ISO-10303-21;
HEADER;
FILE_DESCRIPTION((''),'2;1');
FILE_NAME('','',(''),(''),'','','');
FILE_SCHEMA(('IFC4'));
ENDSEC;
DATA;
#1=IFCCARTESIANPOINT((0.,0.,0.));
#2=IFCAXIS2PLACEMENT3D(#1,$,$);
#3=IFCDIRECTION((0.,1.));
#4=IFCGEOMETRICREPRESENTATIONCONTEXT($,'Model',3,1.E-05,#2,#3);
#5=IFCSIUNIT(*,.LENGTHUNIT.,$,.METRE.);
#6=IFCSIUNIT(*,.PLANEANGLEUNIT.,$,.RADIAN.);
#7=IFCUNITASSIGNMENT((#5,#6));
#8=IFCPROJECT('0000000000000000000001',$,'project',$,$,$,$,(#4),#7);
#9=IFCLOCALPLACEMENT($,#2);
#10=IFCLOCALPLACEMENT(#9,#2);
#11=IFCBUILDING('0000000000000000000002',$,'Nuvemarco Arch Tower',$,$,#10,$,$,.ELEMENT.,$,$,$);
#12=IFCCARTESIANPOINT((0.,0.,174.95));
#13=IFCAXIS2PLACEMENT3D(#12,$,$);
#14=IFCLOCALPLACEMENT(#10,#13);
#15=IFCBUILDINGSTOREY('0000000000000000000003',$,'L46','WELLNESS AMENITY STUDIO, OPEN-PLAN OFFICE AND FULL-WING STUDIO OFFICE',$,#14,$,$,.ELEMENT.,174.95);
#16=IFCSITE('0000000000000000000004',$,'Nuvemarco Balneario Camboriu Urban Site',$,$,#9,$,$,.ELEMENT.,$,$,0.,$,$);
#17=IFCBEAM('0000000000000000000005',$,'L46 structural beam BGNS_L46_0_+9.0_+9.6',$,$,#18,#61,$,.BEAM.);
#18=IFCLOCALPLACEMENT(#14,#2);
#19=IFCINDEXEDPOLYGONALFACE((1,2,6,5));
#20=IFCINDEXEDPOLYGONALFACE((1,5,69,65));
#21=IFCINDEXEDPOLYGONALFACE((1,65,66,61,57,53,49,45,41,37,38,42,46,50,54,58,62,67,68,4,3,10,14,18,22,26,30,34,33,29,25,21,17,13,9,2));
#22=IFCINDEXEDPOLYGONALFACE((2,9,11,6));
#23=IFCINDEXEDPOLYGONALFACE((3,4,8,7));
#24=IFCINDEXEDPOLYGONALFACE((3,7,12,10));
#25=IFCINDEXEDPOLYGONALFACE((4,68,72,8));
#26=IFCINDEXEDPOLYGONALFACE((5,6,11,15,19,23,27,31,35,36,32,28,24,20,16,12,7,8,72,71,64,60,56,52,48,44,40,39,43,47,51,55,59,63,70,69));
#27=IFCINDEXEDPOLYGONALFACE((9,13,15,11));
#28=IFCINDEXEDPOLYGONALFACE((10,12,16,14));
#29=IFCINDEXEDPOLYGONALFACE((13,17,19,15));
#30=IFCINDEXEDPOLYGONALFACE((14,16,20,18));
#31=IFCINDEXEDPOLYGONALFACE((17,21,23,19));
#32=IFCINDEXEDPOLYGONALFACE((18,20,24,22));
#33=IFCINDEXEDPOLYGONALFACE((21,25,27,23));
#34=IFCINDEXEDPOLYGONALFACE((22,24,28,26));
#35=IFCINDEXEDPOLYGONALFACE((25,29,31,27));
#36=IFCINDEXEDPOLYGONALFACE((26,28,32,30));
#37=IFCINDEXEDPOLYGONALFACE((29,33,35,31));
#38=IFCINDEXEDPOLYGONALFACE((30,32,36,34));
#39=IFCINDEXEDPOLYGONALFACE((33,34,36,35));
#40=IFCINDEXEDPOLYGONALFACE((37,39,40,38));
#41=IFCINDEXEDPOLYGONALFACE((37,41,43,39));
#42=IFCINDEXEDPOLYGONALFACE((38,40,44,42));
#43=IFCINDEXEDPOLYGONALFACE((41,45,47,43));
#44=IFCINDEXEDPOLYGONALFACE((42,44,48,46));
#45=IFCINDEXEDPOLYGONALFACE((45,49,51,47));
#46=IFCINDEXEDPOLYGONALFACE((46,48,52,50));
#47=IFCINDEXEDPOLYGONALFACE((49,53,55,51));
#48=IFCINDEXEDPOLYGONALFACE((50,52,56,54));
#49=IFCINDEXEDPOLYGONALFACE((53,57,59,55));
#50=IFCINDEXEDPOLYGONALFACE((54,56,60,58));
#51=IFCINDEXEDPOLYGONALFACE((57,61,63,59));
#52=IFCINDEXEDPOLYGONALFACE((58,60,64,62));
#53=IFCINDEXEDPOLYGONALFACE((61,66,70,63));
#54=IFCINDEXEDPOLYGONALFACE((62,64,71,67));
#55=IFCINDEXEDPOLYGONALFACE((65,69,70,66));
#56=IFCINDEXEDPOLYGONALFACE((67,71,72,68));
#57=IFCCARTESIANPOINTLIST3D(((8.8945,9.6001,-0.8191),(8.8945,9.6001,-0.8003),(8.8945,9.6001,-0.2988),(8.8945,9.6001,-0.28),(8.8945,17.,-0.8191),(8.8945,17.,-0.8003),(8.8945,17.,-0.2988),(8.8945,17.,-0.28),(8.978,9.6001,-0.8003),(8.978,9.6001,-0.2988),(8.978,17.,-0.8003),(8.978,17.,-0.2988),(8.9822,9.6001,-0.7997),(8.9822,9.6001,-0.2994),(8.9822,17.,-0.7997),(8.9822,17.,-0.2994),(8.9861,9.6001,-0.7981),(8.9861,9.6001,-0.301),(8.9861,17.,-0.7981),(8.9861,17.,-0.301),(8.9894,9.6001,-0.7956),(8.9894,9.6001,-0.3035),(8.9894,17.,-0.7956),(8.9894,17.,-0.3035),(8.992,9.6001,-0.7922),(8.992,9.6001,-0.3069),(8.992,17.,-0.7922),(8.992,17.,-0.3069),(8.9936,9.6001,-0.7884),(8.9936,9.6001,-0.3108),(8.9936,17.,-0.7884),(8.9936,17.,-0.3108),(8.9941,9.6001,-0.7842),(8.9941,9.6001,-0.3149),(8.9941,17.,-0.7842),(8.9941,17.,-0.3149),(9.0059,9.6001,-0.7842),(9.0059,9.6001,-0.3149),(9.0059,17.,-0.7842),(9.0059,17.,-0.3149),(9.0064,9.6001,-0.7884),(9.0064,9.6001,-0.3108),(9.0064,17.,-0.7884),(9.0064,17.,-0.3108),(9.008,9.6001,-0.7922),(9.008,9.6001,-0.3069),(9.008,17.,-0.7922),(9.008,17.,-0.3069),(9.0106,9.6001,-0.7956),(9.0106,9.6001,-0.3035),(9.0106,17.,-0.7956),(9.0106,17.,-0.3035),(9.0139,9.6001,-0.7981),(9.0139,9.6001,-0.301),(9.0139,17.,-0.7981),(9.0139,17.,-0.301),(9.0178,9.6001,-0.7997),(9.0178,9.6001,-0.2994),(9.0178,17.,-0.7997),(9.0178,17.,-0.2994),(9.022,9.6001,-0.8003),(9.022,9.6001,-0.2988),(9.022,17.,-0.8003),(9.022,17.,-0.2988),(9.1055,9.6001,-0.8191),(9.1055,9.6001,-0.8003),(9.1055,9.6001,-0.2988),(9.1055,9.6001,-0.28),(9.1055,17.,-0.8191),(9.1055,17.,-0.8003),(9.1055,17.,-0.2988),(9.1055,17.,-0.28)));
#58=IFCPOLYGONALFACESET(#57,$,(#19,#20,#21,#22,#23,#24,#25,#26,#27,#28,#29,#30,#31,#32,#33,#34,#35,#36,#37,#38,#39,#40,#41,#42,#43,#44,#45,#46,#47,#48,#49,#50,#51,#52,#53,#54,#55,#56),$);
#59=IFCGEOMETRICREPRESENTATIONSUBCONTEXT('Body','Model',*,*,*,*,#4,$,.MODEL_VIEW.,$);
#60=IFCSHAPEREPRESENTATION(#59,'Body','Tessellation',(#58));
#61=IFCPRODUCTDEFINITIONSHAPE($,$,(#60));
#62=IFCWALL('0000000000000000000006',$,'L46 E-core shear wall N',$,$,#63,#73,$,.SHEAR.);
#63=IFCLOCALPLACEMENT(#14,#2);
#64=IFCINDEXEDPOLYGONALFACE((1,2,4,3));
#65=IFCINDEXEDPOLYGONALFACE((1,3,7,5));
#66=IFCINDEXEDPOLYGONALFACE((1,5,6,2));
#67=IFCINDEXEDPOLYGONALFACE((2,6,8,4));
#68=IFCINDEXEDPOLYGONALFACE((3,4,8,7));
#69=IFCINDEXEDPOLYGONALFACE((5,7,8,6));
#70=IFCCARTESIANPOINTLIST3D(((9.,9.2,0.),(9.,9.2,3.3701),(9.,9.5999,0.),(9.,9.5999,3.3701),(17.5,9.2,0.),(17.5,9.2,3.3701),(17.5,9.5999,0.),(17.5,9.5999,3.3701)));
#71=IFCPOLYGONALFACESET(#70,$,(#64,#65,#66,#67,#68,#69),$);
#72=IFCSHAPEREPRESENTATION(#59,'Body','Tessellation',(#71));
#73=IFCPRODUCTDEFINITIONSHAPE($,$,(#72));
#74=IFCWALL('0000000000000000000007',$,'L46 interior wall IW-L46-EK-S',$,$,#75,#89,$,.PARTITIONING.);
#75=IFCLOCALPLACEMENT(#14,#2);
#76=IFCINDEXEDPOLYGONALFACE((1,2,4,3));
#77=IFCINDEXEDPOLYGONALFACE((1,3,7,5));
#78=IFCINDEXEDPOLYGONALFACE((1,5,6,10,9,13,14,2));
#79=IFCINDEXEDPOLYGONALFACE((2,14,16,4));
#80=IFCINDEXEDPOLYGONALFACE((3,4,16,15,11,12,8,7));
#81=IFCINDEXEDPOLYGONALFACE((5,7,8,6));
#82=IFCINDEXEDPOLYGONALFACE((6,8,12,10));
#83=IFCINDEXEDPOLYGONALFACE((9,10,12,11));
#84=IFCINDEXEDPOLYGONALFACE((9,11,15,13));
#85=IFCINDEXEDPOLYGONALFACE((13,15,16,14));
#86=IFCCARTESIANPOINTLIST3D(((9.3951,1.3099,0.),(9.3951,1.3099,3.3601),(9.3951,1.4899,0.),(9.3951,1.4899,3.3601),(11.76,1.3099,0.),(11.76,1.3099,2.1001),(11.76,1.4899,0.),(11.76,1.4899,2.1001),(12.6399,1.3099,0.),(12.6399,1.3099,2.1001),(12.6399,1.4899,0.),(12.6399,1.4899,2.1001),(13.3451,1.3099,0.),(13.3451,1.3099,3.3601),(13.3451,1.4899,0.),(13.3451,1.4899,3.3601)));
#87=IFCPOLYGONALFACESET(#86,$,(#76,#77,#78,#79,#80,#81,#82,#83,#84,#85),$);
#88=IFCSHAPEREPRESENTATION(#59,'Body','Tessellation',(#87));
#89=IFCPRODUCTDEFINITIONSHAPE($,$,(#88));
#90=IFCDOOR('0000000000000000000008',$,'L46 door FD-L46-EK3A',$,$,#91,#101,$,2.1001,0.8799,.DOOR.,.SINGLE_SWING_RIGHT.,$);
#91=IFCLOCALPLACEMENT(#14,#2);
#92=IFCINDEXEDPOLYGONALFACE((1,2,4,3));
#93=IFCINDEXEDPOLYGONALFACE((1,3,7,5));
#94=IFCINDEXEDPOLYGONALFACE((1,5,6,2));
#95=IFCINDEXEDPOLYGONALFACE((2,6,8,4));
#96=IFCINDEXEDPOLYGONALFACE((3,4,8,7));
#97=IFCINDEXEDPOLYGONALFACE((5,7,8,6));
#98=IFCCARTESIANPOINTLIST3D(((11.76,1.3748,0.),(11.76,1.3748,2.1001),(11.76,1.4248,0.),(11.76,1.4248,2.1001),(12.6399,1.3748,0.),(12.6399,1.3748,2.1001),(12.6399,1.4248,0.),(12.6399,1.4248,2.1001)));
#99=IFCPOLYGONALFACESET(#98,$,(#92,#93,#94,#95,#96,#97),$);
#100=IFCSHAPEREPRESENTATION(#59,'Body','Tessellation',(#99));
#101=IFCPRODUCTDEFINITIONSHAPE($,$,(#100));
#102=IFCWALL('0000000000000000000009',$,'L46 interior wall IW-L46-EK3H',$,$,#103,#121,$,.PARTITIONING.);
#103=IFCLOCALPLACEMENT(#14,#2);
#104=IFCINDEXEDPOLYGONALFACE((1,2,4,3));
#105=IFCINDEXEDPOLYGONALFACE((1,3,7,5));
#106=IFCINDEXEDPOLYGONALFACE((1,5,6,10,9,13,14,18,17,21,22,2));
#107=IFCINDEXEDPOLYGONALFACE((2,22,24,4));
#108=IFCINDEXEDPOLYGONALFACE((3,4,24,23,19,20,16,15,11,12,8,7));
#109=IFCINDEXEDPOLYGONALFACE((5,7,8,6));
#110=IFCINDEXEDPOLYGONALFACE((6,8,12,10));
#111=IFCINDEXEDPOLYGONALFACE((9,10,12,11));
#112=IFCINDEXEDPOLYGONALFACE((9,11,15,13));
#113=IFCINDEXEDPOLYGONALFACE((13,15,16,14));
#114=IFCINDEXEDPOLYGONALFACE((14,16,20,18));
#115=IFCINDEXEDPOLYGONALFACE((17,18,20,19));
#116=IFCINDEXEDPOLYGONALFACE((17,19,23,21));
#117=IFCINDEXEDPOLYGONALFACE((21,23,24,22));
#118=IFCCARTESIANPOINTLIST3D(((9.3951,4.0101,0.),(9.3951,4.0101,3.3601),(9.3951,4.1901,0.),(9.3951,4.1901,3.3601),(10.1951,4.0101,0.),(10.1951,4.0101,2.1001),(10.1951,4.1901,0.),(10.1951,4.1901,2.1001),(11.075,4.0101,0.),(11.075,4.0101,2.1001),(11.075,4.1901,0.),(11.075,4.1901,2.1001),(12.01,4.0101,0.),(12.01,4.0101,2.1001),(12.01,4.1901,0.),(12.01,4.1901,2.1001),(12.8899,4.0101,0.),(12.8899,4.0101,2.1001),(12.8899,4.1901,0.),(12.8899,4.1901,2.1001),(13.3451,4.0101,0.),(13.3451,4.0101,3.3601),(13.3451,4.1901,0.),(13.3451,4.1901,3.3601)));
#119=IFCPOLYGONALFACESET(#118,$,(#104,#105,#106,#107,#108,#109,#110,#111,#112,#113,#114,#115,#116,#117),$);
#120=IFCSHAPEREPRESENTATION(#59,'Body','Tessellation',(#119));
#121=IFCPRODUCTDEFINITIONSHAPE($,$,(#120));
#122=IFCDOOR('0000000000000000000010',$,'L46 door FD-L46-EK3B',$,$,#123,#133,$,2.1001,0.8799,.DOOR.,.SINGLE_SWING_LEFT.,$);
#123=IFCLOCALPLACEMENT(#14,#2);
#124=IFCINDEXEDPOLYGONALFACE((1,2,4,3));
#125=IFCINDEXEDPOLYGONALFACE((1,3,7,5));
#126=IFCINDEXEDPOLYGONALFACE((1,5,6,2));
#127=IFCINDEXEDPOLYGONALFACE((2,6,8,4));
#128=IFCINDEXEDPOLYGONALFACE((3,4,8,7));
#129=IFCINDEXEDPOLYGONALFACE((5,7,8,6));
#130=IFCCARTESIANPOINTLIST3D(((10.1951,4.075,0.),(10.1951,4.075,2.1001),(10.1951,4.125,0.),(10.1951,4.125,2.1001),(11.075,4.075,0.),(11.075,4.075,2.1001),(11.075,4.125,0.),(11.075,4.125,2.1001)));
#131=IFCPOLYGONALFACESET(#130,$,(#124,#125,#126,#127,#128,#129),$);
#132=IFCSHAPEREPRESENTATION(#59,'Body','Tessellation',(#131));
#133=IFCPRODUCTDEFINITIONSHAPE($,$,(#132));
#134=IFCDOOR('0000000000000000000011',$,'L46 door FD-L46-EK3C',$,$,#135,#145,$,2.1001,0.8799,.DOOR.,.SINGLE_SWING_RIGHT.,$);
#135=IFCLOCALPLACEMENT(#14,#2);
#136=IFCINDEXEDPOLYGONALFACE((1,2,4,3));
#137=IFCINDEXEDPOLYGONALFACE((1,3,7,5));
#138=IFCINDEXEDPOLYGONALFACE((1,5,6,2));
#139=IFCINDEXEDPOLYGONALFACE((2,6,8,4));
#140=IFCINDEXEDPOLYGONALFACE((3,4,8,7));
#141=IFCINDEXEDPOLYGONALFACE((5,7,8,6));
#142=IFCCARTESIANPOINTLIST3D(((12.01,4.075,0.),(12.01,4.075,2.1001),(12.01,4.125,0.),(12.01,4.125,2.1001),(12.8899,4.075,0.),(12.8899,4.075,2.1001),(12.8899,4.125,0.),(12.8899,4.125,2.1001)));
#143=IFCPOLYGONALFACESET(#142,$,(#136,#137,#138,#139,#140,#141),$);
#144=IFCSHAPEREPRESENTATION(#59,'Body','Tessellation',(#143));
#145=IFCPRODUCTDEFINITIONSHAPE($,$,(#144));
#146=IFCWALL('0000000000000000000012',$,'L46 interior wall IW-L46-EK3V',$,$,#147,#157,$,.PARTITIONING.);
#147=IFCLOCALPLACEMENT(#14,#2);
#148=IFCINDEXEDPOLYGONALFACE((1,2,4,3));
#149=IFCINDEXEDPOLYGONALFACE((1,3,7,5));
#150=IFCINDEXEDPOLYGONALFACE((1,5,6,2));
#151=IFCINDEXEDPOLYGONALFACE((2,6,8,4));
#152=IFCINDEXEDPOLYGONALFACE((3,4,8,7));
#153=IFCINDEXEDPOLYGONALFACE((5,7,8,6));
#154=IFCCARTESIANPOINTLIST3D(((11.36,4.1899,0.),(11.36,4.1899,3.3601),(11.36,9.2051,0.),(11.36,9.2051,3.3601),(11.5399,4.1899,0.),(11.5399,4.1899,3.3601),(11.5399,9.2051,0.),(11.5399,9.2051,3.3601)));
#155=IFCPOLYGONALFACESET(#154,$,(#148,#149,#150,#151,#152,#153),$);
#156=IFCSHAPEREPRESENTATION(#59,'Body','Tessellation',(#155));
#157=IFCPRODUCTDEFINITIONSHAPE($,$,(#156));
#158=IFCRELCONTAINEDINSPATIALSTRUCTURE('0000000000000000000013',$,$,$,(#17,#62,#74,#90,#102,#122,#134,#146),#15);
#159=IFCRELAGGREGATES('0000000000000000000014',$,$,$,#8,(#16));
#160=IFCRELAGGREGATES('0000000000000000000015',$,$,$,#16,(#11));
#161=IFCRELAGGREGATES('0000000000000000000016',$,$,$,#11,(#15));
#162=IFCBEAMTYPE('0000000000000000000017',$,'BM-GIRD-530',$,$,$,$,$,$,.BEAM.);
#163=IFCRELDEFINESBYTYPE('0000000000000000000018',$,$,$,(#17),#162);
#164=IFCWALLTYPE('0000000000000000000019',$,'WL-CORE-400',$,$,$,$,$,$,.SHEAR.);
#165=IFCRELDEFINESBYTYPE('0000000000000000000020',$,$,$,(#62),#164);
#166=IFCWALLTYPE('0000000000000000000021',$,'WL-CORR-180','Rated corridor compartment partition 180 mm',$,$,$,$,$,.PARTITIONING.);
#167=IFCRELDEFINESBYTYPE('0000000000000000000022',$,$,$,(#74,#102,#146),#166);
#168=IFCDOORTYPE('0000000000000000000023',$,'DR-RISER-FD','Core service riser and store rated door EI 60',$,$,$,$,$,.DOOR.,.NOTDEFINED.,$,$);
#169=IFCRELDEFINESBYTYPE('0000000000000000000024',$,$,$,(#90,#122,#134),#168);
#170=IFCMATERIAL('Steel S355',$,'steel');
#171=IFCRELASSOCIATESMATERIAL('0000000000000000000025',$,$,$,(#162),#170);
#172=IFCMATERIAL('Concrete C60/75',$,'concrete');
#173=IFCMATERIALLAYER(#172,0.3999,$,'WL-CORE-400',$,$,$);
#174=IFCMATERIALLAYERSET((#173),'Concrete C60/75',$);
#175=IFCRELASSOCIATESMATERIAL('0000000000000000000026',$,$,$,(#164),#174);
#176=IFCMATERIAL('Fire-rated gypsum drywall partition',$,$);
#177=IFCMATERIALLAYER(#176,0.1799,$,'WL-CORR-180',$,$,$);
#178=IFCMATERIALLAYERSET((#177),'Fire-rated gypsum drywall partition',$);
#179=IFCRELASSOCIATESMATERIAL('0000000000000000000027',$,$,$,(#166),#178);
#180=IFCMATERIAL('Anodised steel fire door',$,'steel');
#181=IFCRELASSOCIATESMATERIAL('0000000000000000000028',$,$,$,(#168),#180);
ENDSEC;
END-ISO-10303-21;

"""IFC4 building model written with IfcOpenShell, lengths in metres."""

from ifc_helpers import new_model, si_unit, direction, frame, frame_2d, origin, origin_2d, place, context, subcontext, project, spatial, rectangle, i_section, extrude, source, transform, mapped, material, layer, layer_set, material_profile, profile_set, type_object, type_shapes, element, fill, save


model = new_model("IFC4")

# Units and contexts
model_context = context("Model", 3, precision=1e-05, world=origin(), true_north=direction((0.0, 1.0)))
body_context = subcontext(model_context, "Body", "Model", "MODEL_VIEW")
ifc_project = project(units=[si_unit("LENGTHUNIT", "METRE"), si_unit("PLANEANGLEUNIT", "RADIAN")], contexts=[model_context])

# Site, building, storey
site_placement = place(None, origin())
site = spatial("IfcSite", under=ifc_project, at=site_placement, Name="Nuvemarco Balneario Camboriu Urban Site", CompositionType="ELEMENT", RefElevation=0.0)
building_placement = place(site_placement, origin())
building = spatial("IfcBuilding", under=site, at=building_placement, Name="Nuvemarco Arch Tower", CompositionType="ELEMENT")
storey_placement = place(building_placement, frame((0.0, 0.0, 174.95)))
storey = spatial("IfcBuildingStorey", under=building, at=storey_placement, Name="L46", Description="WELLNESS AMENITY STUDIO, OPEN-PLAN OFFICE AND FULL-WING STUDIO OFFICE", CompositionType="ELEMENT", Elevation=174.95)

# Shared definitions
ifc_material_1 = material(Name="Steel S355", Category="steel")

# Beam
ifc_material_2 = material(Name="Concrete C60/75", Category="concrete")
ifc_material_profile_1 = material_profile(ifc_material_1, i_section(OverallWidth=0.2109, OverallDepth=0.5391, WebThickness=0.0117, FlangeThickness=0.0188, FilletRadius=0.0161, at=origin_2d()), Name="W530x109")
ifc_profile_set_1 = profile_set([ifc_material_profile_1], Name="Steel S355")
beam_type_1 = type_object("IfcBeamType", Name="BM-GIRD-530", PredefinedType="BEAM", material=ifc_profile_set_1)
beam_1_placement = place(storey_placement, frame((9.0, 9.6001, -0.5496), z_axis=(0.0, 1.0, 0.0), x_axis=(-1.0, 0.0, 0.0)))
element("IfcBeam", 1, at=beam_1_placement, inside=storey, type_object=beam_type_1, Name="L46 structural beam BGNS_L46_0_+9.0_+9.6", PredefinedType="BEAM", context=body_context, shape_type="SweptSolid", body=[
    extrude(i_section(OverallWidth=0.2109, OverallDepth=0.5391, WebThickness=0.0117, FlangeThickness=0.0188, FilletRadius=0.0161, at=origin_2d()), origin(), (0.0, 0.0, 1.0), 7.3999),
])

# Wall
ifc_layer_1 = layer(ifc_material_2, 0.3999, Name="WL-CORE-400")
ifc_layer_set_1 = layer_set([ifc_layer_1], Name="Concrete C60/75")
wall_type_1 = type_object("IfcWallType", Name="WL-CORE-400", PredefinedType="SHEAR", material=ifc_layer_set_1)
wall_1_placement = place(storey_placement, frame((9.0, 9.3999, 0.0), z_axis=(0.0, 0.0, 1.0), x_axis=(1.0, 0.0, 0.0)))
element("IfcWall", 2, at=wall_1_placement, inside=storey, type_object=wall_type_1, Name="L46 E-core shear wall N", PredefinedType="SHEAR", context=body_context, shape_type="SweptSolid", body=[
    extrude(rectangle(XDim=8.5, YDim=0.3999, at=frame_2d((4.25, 0.0))), origin(), (0.0, 0.0, 1.0), 3.3701),
])

# Wall, opening, door
ifc_material_3 = material(Name="Fire-rated gypsum drywall partition")
ifc_layer_2 = layer(ifc_material_3, 0.1799, Name="WL-CORR-180")
ifc_layer_set_2 = layer_set([ifc_layer_2], Name="Fire-rated gypsum drywall partition")
wall_type_2 = type_object("IfcWallType", Name="WL-CORR-180", Description="Rated corridor compartment partition 180 mm", PredefinedType="PARTITIONING", material=ifc_layer_set_2)
wall_2_placement = place(storey_placement, frame((9.395, 1.3999, 0.0), z_axis=(0.0, 0.0, 1.0), x_axis=(1.0, 0.0, 0.0)))
wall_2 = element("IfcWall", 3, at=wall_2_placement, inside=storey, type_object=wall_type_2, Name="L46 interior wall IW-L46-EK-S", PredefinedType="PARTITIONING", context=body_context, shape_type="SweptSolid", body=[
    extrude(rectangle(XDim=3.95, YDim=0.1799, at=frame_2d((1.9751, 0.0))), origin(), (0.0, 0.0, 1.0), 3.3601),
])
opening_1_placement = place(wall_2_placement, frame((2.365, 0.0, 0.0)))
opening_1 = element("IfcOpeningElement", 4, at=opening_1_placement, cuts=wall_2, PredefinedType="OPENING", context=body_context, shape_type="SweptSolid", body=[
    extrude(rectangle(XDim=0.8799, YDim=2.1001, at=frame_2d((0.4399, 1.05))), frame((0.0, 0.0999, 0.0), z_axis=(0.0, -1.0, 0.0), x_axis=(1.0, 0.0, 0.0)), (0.0, 0.0, 1.0), 0.2),
])
ifc_material_4 = material(Name="Anodised steel fire door", Category="steel")
door_type_1 = type_object("IfcDoorType", Name="DR-RISER-FD", Description="Core service riser and store rated door EI 60", OperationType="NOTDEFINED", PredefinedType="DOOR", material=ifc_material_4)
shared_shape_1 = source(origin(), body_context, "Body", "SweptSolid", [
    extrude(rectangle(XDim=0.8799, YDim=2.1001, at=frame_2d((0.4399, 1.05))), frame((0.0, 0.0249, 0.0), z_axis=(0.0, -1.0, 0.0), x_axis=(1.0, 0.0, 0.0)), (0.0, 0.0, 1.0), 0.05),
])
type_shapes(door_type_1, [shared_shape_1])
door_1_placement = place(opening_1_placement, origin())
door_1 = element("IfcDoor", 5, at=door_1_placement, inside=storey, type_object=door_type_1, Name="L46 door FD-L46-EK3A", OperationType="SINGLE_SWING_RIGHT", OverallHeight=2.1001, OverallWidth=0.8799, PredefinedType="DOOR", context=body_context, shape_type="MappedRepresentation", body=[
    mapped(shared_shape_1, transform((0.0, 0.0, 0.0), scale=1.0)),
])
fill(opening_1, door_1)

# Wall, openings, doors
wall_3_placement = place(storey_placement, frame((9.395, 4.1001, 0.0), z_axis=(0.0, 0.0, 1.0), x_axis=(1.0, 0.0, 0.0)))
wall_3 = element("IfcWall", 6, at=wall_3_placement, inside=storey, type_object=wall_type_2, Name="L46 interior wall IW-L46-EK3H", PredefinedType="PARTITIONING", context=body_context, shape_type="SweptSolid", body=[
    extrude(rectangle(XDim=3.95, YDim=0.1799, at=frame_2d((1.9751, 0.0))), origin(), (0.0, 0.0, 1.0), 3.3601),
])
opening_2_placement = place(wall_3_placement, frame((0.8, 0.0, 0.0)))
opening_2 = element("IfcOpeningElement", 7, at=opening_2_placement, cuts=wall_3, PredefinedType="OPENING", context=body_context, shape_type="SweptSolid", body=[
    extrude(rectangle(XDim=0.8799, YDim=2.1001, at=frame_2d((0.4399, 1.05))), frame((0.0, 0.0999, 0.0), z_axis=(0.0, -1.0, 0.0), x_axis=(1.0, 0.0, 0.0)), (0.0, 0.0, 1.0), 0.2),
])
opening_3_placement = place(wall_3_placement, frame((2.615, 0.0, 0.0)))
opening_3 = element("IfcOpeningElement", 8, at=opening_3_placement, cuts=wall_3, PredefinedType="OPENING", context=body_context, shape_type="SweptSolid", body=[
    extrude(rectangle(XDim=0.8799, YDim=2.1001, at=frame_2d((0.4399, 1.05))), frame((0.0, 0.0999, 0.0), z_axis=(0.0, -1.0, 0.0), x_axis=(1.0, 0.0, 0.0)), (0.0, 0.0, 1.0), 0.2),
])
door_2_placement = place(opening_2_placement, origin())
door_2 = element("IfcDoor", 9, at=door_2_placement, inside=storey, type_object=door_type_1, Name="L46 door FD-L46-EK3B", OperationType="SINGLE_SWING_LEFT", OverallHeight=2.1001, OverallWidth=0.8799, PredefinedType="DOOR", context=body_context, shape_type="MappedRepresentation", body=[
    mapped(shared_shape_1, transform((0.0, 0.0, 0.0), scale=1.0)),
])
fill(opening_2, door_2)
door_3_placement = place(opening_3_placement, origin())
door_3 = element("IfcDoor", 10, at=door_3_placement, inside=storey, type_object=door_type_1, Name="L46 door FD-L46-EK3C", OperationType="SINGLE_SWING_RIGHT", OverallHeight=2.1001, OverallWidth=0.8799, PredefinedType="DOOR", context=body_context, shape_type="MappedRepresentation", body=[
    mapped(shared_shape_1, transform((0.0, 0.0, 0.0), scale=1.0)),
])
fill(opening_3, door_3)

# Wall
wall_4_placement = place(storey_placement, frame((11.45, 4.1899, 0.0), z_axis=(0.0, 0.0, 1.0), x_axis=(0.0, 1.0, 0.0)))
element("IfcWall", 11, at=wall_4_placement, inside=storey, type_object=wall_type_2, Name="L46 interior wall IW-L46-EK3V", PredefinedType="PARTITIONING", context=body_context, shape_type="SweptSolid", body=[
    extrude(rectangle(XDim=5.0151, YDim=0.1799, at=frame_2d((2.5076, 0.0))), origin(), (0.0, 0.0, 1.0), 3.3601),
])

save(model, "model.ifc")
